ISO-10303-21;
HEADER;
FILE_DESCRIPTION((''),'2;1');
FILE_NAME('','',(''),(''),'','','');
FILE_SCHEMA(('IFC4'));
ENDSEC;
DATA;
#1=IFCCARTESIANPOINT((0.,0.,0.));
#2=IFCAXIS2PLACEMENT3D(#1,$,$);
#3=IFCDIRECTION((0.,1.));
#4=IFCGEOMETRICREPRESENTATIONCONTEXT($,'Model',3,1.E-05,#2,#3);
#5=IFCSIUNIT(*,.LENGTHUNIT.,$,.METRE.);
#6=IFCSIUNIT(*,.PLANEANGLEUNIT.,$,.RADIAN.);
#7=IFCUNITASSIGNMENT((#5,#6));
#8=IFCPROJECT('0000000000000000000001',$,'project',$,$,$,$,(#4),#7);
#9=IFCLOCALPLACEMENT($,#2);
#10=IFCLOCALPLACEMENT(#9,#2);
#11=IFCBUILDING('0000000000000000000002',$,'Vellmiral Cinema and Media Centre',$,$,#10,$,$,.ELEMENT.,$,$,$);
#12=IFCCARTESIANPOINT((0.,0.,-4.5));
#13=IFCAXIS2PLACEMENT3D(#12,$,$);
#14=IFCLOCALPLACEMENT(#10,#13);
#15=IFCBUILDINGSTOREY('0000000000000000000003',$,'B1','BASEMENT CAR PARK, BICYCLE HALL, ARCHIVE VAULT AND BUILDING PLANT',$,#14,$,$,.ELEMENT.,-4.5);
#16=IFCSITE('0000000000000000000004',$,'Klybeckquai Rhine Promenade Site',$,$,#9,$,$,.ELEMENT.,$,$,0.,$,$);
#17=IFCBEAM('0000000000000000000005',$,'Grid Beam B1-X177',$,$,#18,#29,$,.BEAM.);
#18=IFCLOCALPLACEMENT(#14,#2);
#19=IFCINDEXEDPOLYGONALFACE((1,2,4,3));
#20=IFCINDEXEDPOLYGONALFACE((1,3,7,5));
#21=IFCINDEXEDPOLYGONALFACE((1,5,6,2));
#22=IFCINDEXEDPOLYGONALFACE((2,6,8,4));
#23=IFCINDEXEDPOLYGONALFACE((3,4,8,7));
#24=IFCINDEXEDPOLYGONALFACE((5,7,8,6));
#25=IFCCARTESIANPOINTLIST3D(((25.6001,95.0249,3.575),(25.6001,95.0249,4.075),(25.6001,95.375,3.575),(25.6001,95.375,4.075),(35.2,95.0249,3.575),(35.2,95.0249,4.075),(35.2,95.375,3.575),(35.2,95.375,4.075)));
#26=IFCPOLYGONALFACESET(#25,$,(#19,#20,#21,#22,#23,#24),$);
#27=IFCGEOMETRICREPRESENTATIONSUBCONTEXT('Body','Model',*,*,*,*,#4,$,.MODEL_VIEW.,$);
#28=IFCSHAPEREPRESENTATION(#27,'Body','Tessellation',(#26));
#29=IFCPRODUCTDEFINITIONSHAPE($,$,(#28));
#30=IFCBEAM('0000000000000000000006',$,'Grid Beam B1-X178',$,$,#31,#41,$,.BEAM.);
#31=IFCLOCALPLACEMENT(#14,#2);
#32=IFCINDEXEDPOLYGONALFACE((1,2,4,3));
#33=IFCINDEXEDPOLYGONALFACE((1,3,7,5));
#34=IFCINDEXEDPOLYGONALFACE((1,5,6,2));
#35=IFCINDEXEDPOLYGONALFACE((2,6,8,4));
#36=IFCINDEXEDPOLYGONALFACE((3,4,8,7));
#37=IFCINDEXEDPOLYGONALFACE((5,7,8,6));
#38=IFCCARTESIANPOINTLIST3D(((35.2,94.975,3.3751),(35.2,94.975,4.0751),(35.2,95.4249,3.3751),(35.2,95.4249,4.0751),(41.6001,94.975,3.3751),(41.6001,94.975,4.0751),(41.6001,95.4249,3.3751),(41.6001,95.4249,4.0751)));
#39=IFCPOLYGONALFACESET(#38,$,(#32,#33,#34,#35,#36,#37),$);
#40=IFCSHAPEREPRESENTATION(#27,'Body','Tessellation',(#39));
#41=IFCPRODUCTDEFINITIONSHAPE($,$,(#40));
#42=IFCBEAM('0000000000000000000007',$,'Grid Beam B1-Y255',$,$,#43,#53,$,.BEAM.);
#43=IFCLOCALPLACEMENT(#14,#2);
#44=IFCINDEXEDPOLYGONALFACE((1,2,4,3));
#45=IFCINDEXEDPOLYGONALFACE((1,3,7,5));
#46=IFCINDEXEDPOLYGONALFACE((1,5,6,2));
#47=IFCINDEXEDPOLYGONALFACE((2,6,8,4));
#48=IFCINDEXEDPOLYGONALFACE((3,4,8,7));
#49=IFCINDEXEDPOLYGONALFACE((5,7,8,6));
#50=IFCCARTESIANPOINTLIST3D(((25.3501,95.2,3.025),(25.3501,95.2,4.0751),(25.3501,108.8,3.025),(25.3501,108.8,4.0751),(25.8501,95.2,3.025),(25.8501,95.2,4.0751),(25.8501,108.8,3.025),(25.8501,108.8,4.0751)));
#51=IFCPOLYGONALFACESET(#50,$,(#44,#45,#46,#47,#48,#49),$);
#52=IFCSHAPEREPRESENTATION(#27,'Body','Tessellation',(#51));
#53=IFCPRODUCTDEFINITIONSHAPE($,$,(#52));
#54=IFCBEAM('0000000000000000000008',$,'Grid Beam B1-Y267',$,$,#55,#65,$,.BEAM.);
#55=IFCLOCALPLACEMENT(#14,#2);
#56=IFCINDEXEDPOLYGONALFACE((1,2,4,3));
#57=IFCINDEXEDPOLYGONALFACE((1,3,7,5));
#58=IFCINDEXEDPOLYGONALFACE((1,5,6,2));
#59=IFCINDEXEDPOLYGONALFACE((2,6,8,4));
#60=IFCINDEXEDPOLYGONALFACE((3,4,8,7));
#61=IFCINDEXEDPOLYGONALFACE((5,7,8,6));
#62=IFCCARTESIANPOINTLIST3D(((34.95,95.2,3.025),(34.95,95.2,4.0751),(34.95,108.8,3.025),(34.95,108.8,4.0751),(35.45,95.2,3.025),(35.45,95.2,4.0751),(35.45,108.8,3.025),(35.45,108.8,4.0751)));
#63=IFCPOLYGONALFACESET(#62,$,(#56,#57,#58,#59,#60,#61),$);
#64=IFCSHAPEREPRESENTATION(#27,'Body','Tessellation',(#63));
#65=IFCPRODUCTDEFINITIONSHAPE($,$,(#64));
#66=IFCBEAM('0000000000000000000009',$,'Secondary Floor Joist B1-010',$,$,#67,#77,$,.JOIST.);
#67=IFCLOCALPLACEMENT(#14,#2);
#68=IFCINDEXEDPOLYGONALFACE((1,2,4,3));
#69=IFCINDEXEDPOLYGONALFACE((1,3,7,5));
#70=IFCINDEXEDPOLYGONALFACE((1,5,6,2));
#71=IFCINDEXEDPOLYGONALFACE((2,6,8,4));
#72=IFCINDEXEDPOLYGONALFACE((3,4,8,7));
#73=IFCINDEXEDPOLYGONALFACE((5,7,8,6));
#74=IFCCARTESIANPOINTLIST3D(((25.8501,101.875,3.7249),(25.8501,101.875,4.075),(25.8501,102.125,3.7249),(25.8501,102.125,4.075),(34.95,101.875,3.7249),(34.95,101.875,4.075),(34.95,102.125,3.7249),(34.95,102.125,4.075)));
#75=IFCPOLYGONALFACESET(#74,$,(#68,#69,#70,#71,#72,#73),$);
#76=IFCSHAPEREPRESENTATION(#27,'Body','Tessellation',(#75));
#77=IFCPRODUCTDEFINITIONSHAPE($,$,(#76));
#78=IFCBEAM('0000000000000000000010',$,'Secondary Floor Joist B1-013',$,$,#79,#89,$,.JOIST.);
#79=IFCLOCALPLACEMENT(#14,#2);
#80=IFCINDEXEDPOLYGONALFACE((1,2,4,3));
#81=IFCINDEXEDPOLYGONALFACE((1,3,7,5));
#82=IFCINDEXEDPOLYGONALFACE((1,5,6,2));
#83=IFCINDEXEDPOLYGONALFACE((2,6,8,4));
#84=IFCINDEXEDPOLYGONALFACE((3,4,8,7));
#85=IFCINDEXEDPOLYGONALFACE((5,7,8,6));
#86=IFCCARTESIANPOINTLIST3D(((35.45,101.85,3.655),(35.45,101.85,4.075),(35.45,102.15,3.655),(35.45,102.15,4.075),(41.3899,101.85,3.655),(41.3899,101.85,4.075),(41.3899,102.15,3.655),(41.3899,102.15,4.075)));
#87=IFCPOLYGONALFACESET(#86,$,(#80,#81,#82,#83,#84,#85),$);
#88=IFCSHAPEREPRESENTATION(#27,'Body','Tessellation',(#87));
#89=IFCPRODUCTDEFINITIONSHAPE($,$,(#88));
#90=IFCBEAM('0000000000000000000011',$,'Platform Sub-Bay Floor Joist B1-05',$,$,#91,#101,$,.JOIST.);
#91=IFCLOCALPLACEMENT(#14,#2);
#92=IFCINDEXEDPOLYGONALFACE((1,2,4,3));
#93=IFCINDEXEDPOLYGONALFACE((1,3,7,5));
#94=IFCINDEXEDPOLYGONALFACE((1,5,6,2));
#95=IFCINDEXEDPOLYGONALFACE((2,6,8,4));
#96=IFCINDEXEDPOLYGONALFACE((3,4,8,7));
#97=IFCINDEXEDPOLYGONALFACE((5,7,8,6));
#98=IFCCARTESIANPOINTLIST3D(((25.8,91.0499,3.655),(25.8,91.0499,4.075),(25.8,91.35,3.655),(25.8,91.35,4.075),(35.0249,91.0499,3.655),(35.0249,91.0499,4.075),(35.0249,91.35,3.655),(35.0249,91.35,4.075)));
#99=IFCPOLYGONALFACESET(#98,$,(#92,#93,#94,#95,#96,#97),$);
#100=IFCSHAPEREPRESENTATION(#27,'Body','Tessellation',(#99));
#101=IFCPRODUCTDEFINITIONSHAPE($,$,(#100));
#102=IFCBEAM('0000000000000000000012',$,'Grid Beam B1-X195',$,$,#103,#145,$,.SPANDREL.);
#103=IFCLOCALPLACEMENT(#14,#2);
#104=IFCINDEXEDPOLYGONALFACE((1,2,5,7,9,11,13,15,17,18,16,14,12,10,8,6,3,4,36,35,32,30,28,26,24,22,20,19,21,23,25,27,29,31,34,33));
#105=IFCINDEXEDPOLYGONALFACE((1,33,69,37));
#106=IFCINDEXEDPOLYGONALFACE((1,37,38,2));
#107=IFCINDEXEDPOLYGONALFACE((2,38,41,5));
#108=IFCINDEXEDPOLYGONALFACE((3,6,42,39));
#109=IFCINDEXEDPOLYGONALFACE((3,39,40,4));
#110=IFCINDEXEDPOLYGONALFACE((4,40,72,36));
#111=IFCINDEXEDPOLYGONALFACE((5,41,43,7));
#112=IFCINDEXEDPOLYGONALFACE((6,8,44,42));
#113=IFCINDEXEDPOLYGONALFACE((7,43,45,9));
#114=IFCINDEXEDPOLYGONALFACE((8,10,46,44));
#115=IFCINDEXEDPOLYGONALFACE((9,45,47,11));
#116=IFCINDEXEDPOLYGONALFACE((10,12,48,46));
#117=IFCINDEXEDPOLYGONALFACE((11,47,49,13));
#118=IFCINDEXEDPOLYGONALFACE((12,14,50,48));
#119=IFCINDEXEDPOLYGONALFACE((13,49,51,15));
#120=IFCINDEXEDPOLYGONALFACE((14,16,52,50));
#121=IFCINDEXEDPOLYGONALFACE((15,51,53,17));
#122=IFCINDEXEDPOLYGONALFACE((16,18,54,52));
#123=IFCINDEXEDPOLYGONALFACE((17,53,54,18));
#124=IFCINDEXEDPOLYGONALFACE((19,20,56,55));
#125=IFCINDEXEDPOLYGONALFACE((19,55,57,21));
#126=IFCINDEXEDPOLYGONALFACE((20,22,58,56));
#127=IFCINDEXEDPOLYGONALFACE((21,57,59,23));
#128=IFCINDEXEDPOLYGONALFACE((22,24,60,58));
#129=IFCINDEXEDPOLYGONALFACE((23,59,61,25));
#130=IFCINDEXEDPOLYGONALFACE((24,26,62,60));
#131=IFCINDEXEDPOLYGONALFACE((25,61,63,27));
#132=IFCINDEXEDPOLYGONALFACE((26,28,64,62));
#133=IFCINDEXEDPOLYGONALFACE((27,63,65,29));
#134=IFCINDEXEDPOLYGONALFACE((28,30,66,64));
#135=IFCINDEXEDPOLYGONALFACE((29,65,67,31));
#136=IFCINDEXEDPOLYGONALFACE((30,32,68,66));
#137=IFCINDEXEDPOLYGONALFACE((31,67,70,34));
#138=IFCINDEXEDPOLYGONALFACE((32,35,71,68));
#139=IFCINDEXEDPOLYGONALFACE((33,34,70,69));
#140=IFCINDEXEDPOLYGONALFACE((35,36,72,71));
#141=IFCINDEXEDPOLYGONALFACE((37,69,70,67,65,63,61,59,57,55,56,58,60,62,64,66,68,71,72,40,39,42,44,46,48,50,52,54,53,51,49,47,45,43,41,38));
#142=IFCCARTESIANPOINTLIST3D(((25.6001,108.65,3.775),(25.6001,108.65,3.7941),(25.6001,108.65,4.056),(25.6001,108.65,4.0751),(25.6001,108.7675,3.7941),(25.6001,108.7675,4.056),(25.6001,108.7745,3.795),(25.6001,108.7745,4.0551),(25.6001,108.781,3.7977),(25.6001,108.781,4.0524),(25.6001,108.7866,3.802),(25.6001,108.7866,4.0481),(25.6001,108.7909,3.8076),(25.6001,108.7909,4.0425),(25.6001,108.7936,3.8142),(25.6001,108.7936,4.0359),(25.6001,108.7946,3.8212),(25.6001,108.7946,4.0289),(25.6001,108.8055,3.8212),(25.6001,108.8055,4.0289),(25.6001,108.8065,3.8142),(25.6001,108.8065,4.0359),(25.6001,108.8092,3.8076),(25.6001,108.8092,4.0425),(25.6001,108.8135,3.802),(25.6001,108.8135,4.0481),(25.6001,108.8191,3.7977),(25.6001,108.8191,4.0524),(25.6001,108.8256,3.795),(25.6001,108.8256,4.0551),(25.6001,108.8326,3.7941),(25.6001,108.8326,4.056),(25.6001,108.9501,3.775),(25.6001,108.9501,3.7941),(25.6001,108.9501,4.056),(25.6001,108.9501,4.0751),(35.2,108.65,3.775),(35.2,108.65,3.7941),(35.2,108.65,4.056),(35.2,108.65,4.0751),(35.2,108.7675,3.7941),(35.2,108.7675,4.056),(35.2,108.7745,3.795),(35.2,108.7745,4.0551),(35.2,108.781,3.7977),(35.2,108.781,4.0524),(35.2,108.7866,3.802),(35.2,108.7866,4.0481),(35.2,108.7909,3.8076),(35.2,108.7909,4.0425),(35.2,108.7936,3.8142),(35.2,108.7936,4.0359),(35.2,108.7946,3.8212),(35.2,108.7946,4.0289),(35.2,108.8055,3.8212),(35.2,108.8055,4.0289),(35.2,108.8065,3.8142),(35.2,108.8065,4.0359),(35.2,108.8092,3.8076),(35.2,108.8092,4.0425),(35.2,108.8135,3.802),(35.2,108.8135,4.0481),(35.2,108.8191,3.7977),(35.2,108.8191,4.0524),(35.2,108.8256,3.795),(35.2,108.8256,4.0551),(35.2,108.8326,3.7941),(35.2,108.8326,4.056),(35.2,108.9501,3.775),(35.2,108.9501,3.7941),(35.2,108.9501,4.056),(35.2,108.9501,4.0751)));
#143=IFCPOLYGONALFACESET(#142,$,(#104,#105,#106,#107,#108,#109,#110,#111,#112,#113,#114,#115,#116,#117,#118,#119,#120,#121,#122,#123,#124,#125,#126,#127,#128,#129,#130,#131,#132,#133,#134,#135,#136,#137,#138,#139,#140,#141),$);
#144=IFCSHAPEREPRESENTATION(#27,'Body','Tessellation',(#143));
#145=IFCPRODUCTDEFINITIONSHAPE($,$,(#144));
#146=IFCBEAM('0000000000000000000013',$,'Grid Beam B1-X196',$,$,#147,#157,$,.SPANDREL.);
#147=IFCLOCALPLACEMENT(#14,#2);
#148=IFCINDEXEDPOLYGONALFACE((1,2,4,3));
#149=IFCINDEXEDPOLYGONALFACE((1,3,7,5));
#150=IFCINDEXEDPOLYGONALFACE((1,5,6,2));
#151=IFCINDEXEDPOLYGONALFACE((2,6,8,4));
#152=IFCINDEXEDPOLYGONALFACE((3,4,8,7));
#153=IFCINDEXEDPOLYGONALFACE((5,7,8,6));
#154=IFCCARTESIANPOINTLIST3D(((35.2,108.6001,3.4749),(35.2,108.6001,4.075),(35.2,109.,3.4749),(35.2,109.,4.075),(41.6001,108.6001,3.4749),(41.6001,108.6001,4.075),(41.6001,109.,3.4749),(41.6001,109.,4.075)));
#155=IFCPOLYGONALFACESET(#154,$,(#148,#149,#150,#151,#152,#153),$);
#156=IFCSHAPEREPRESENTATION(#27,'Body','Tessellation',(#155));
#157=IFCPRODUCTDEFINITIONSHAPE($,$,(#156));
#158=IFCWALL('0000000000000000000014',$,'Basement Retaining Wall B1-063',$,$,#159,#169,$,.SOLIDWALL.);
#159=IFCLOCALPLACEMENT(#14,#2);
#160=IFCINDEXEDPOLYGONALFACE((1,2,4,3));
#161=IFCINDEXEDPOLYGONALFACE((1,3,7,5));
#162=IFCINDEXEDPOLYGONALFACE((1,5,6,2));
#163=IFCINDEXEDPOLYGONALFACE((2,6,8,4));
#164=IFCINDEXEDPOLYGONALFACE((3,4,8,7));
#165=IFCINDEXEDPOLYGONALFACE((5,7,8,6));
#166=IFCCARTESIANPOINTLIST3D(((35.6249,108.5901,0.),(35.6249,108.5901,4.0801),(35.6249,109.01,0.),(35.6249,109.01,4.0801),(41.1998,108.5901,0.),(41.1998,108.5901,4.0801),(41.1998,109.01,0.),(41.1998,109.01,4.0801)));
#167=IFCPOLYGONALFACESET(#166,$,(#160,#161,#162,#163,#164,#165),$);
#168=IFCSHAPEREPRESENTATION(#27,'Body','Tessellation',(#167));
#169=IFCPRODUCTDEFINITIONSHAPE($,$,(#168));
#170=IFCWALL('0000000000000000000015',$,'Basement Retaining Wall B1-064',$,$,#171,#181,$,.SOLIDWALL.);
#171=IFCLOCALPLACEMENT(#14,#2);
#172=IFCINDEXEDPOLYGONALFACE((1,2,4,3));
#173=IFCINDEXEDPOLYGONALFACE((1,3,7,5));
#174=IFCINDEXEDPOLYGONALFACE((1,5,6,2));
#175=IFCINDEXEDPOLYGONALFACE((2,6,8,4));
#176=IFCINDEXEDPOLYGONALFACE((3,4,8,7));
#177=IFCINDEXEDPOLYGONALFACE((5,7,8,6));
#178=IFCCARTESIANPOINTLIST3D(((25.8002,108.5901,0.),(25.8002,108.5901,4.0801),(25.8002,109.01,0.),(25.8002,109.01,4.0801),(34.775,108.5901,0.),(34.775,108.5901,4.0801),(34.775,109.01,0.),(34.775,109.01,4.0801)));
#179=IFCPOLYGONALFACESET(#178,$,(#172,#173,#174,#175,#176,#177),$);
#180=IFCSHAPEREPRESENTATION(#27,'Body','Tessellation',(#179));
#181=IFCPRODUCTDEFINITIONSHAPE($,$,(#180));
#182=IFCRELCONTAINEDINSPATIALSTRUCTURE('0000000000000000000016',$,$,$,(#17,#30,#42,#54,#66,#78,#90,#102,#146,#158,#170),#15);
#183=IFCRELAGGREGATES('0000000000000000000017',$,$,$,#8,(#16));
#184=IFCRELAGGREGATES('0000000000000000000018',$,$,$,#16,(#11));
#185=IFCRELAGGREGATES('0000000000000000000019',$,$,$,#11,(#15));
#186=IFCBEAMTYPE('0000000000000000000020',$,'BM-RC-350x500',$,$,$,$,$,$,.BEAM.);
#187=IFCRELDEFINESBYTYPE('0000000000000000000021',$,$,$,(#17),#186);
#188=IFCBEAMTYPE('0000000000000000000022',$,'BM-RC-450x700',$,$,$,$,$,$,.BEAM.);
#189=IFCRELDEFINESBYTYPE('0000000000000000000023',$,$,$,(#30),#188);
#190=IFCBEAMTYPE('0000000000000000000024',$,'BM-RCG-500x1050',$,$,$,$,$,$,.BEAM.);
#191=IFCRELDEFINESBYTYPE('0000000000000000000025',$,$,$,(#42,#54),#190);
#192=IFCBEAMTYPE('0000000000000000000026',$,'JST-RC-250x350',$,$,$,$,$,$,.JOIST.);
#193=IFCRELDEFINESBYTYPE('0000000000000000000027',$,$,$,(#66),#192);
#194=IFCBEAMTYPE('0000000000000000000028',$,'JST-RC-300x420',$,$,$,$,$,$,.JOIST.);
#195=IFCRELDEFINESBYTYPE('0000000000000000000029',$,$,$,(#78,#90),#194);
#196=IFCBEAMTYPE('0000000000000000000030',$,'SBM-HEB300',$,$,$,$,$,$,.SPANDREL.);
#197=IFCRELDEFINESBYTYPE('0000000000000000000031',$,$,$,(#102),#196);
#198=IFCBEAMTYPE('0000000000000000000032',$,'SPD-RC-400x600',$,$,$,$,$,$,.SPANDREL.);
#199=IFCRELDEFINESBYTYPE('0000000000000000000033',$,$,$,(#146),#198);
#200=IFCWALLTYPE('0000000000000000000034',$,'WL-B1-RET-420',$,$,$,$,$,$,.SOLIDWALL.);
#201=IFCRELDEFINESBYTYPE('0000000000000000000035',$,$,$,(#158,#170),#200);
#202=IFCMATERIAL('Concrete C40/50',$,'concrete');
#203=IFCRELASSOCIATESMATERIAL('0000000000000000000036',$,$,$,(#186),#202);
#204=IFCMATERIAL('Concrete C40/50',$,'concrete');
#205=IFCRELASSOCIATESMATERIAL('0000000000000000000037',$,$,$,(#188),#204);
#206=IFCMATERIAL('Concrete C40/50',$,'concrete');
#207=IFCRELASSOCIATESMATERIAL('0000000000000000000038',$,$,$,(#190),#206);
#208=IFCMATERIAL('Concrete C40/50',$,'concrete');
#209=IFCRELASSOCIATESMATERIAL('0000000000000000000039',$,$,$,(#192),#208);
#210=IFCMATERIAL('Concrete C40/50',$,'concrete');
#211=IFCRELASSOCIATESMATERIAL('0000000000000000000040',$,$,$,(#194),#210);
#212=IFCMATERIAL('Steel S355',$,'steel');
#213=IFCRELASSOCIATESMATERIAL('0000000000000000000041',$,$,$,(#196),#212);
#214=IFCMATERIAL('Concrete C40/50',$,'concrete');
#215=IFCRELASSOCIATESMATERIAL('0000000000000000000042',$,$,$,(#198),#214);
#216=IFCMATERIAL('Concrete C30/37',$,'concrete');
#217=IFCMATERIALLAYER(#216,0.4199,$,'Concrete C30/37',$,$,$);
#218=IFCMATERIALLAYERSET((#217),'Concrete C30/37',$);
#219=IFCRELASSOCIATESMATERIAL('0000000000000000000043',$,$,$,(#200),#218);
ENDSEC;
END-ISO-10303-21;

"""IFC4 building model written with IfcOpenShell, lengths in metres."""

from ifc_helpers import new_model, si_unit, direction, frame, frame_2d, origin, origin_2d, place, context, subcontext, project, spatial, rectangle, i_section, extrude, material, layer, layer_set, material_profile, profile_set, type_object, element, save


model = new_model("IFC4")

# Units and contexts
model_context = context("Model", 3, precision=1e-05, world=origin(), true_north=direction((0.0, 1.0)))
body_context = subcontext(model_context, "Body", "Model", "MODEL_VIEW")
ifc_project = project(units=[si_unit("LENGTHUNIT", "METRE"), si_unit("PLANEANGLEUNIT", "RADIAN")], contexts=[model_context])

# Site, building, storey
site_placement = place(None, origin())
site = spatial("IfcSite", under=ifc_project, at=site_placement, Name="Klybeckquai Rhine Promenade Site", CompositionType="ELEMENT", RefElevation=0.0)
building_placement = place(site_placement, origin())
building = spatial("IfcBuilding", under=site, at=building_placement, Name="Vellmiral Cinema and Media Centre", CompositionType="ELEMENT")
storey_placement = place(building_placement, frame((0.0, 0.0, -4.5)))
storey = spatial("IfcBuildingStorey", under=building, at=storey_placement, Name="B1", Description="BASEMENT CAR PARK, BICYCLE HALL, ARCHIVE VAULT AND BUILDING PLANT", CompositionType="ELEMENT", Elevation=-4.5)

# Beams
ifc_material_1 = material(Name="Concrete C40/50", Category="concrete")
ifc_material_profile_1 = material_profile(ifc_material_1, rectangle(XDim=0.3501, YDim=0.5, at=origin_2d()), Name="RC 350x500")
ifc_profile_set_1 = profile_set([ifc_material_profile_1], Name="Concrete C40/50")
beam_type_1 = type_object("IfcBeamType", Name="BM-RC-350x500", PredefinedType="BEAM", material=ifc_profile_set_1)
beam_1_placement = place(storey_placement, frame((25.6001, 95.2, 3.825), z_axis=(1.0, 0.0, 0.0), x_axis=(0.0, 1.0, 0.0)))
element("IfcBeam", 1, at=beam_1_placement, inside=storey, type_object=beam_type_1, Name="Grid Beam B1-X177", PredefinedType="BEAM", context=body_context, shape_type="SweptSolid", body=[
    extrude(rectangle(XDim=0.3501, YDim=0.5, at=origin_2d()), origin(), (0.0, 0.0, 1.0), 9.5999),
])
ifc_material_2 = material(Name="Concrete C40/50", Category="concrete")
ifc_material_profile_2 = material_profile(ifc_material_2, rectangle(XDim=0.45, YDim=0.7, at=origin_2d()), Name="RC 450x700")
ifc_profile_set_2 = profile_set([ifc_material_profile_2], Name="Concrete C40/50")
beam_type_2 = type_object("IfcBeamType", Name="BM-RC-450x700", PredefinedType="BEAM", material=ifc_profile_set_2)
beam_2_placement = place(storey_placement, frame((35.2, 95.2, 3.7251), z_axis=(1.0, 0.0, 0.0), x_axis=(0.0, 1.0, 0.0)))
element("IfcBeam", 2, at=beam_2_placement, inside=storey, type_object=beam_type_2, Name="Grid Beam B1-X178", PredefinedType="BEAM", context=body_context, shape_type="SweptSolid", body=[
    extrude(rectangle(XDim=0.45, YDim=0.7, at=origin_2d()), origin(), (0.0, 0.0, 1.0), 6.4001),
])
ifc_material_3 = material(Name="Concrete C40/50", Category="concrete")
ifc_material_profile_3 = material_profile(ifc_material_3, rectangle(XDim=0.5, YDim=1.05, at=origin_2d()), Name="RC 500x1050")
ifc_profile_set_3 = profile_set([ifc_material_profile_3], Name="Concrete C40/50")
beam_type_3 = type_object("IfcBeamType", Name="BM-RCG-500x1050", PredefinedType="BEAM", material=ifc_profile_set_3)
for number, where, z_axis, x_axis, name in (
    (3, (25.6001, 95.2, 3.55), (0.0, 1.0, 0.0), (-1.0, 0.0, 0.0), "Grid Beam B1-Y255"),
    (4, (35.2, 95.2, 3.55), (0.0, 1.0, 0.0), (-1.0, 0.0, 0.0), "Grid Beam B1-Y267"),
):
    element("IfcBeam", number, at=place(storey_placement, frame(where, z_axis=z_axis, x_axis=x_axis)), inside=storey, type_object=beam_type_3, Name=name, PredefinedType="BEAM", context=body_context, shape_type="SweptSolid", body=[
        extrude(rectangle(XDim=0.5, YDim=1.05, at=origin_2d()), origin(), (0.0, 0.0, 1.0), 13.6001),
    ])
ifc_material_4 = material(Name="Concrete C40/50", Category="concrete")
ifc_material_profile_4 = material_profile(ifc_material_4, rectangle(XDim=0.25, YDim=0.3501, at=origin_2d()), Name="RC 250x350")
ifc_profile_set_4 = profile_set([ifc_material_profile_4], Name="Concrete C40/50")
beam_type_4 = type_object("IfcBeamType", Name="JST-RC-250x350", PredefinedType="JOIST", material=ifc_profile_set_4)
beam_3_placement = place(storey_placement, frame((25.8501, 102.0, 3.8999), z_axis=(1.0, 0.0, 0.0), x_axis=(0.0, 1.0, 0.0)))
element("IfcBeam", 5, at=beam_3_placement, inside=storey, type_object=beam_type_4, Name="Secondary Floor Joist B1-010", PredefinedType="JOIST", context=body_context, shape_type="SweptSolid", body=[
    extrude(rectangle(XDim=0.25, YDim=0.3501, at=origin_2d()), origin(), (0.0, 0.0, 1.0), 9.0999),
])
ifc_material_5 = material(Name="Concrete C40/50", Category="concrete")
ifc_material_profile_5 = material_profile(ifc_material_5, rectangle(XDim=0.3, YDim=0.4199, at=origin_2d()), Name="RC 300x420")
ifc_profile_set_5 = profile_set([ifc_material_profile_5], Name="Concrete C40/50")
beam_type_5 = type_object("IfcBeamType", Name="JST-RC-300x420", PredefinedType="JOIST", material=ifc_profile_set_5)
beam_4_placement = place(storey_placement, frame((35.45, 102.0, 3.865), z_axis=(1.0, 0.0, 0.0), x_axis=(0.0, 1.0, 0.0)))
element("IfcBeam", 6, at=beam_4_placement, inside=storey, type_object=beam_type_5, Name="Secondary Floor Joist B1-013", PredefinedType="JOIST", context=body_context, shape_type="SweptSolid", body=[
    extrude(rectangle(XDim=0.3, YDim=0.4199, at=origin_2d()), origin(), (0.0, 0.0, 1.0), 5.9399),
])
beam_5_placement = place(storey_placement, frame((25.8, 91.2, 3.865), z_axis=(1.0, 0.0, 0.0), x_axis=(0.0, 1.0, 0.0)))
element("IfcBeam", 7, at=beam_5_placement, inside=storey, type_object=beam_type_5, Name="Platform Sub-Bay Floor Joist B1-05", PredefinedType="JOIST", context=body_context, shape_type="SweptSolid", body=[
    extrude(rectangle(XDim=0.3, YDim=0.4199, at=origin_2d()), origin(), (0.0, 0.0, 1.0), 9.2249),
])
ifc_material_6 = material(Name="Steel S355", Category="steel")
ifc_material_profile_6 = material_profile(ifc_material_6, i_section(OverallWidth=0.3, OverallDepth=0.3, WebThickness=0.011, FlangeThickness=0.019, FilletRadius=0.0271, at=origin_2d()), Name="HEB 300")
ifc_profile_set_6 = profile_set([ifc_material_profile_6], Name="Steel S355")
beam_type_6 = type_object("IfcBeamType", Name="SBM-HEB300", PredefinedType="SPANDREL", material=ifc_profile_set_6)
beam_6_placement = place(storey_placement, frame((25.6001, 108.8, 3.925), z_axis=(1.0, 0.0, 0.0), x_axis=(0.0, 1.0, 0.0)))
element("IfcBeam", 8, at=beam_6_placement, inside=storey, type_object=beam_type_6, Name="Grid Beam B1-X195", PredefinedType="SPANDREL", context=body_context, shape_type="SweptSolid", body=[
    extrude(i_section(OverallWidth=0.3, OverallDepth=0.3, WebThickness=0.011, FlangeThickness=0.019, FilletRadius=0.0271, at=origin_2d()), origin(), (0.0, 0.0, 1.0), 9.5999),
])
ifc_material_7 = material(Name="Concrete C40/50", Category="concrete")
ifc_material_profile_7 = material_profile(ifc_material_7, rectangle(XDim=0.3999, YDim=0.6001, at=origin_2d()), Name="RC 400x600")
ifc_profile_set_7 = profile_set([ifc_material_profile_7], Name="Concrete C40/50")
beam_type_7 = type_object("IfcBeamType", Name="SPD-RC-400x600", PredefinedType="SPANDREL", material=ifc_profile_set_7)
beam_7_placement = place(storey_placement, frame((35.2, 108.8, 3.7749), z_axis=(1.0, 0.0, 0.0), x_axis=(0.0, 1.0, 0.0)))
element("IfcBeam", 9, at=beam_7_placement, inside=storey, type_object=beam_type_7, Name="Grid Beam B1-X196", PredefinedType="SPANDREL", context=body_context, shape_type="SweptSolid", body=[
    extrude(rectangle(XDim=0.3999, YDim=0.6001, at=origin_2d()), origin(), (0.0, 0.0, 1.0), 6.4001),
])

# Walls
ifc_material_8 = material(Name="Concrete C30/37", Category="concrete")
ifc_layer = layer(ifc_material_8, 0.4199, Name="Concrete C30/37")
ifc_layer_set = layer_set([ifc_layer], Name="Concrete C30/37")
wall_type = type_object("IfcWallType", Name="WL-B1-RET-420", PredefinedType="SOLIDWALL", material=ifc_layer_set)
wall_1_placement = place(storey_placement, frame((41.2, 108.8, 0.0), z_axis=(0.0, 0.0, 1.0), x_axis=(-1.0, 0.0, 0.0)))
element("IfcWall", 10, at=wall_1_placement, inside=storey, type_object=wall_type, Name="Basement Retaining Wall B1-063", PredefinedType="SOLIDWALL", context=body_context, shape_type="SweptSolid", body=[
    extrude(rectangle(XDim=5.575, YDim=0.4199, at=frame_2d((2.7876, 0.0))), origin(), (0.0, 0.0, 1.0), 4.0801),
])
wall_2_placement = place(storey_placement, frame((34.7749, 108.8, 0.0), z_axis=(0.0, 0.0, 1.0), x_axis=(-1.0, 0.0, 0.0)))
element("IfcWall", 11, at=wall_2_placement, inside=storey, type_object=wall_type, Name="Basement Retaining Wall B1-064", PredefinedType="SOLIDWALL", context=body_context, shape_type="SweptSolid", body=[
    extrude(rectangle(XDim=8.9749, YDim=0.4199, at=frame_2d((4.4873, 0.0))), origin(), (0.0, 0.0, 1.0), 4.0801),
])

save(model, "model.ifc")
